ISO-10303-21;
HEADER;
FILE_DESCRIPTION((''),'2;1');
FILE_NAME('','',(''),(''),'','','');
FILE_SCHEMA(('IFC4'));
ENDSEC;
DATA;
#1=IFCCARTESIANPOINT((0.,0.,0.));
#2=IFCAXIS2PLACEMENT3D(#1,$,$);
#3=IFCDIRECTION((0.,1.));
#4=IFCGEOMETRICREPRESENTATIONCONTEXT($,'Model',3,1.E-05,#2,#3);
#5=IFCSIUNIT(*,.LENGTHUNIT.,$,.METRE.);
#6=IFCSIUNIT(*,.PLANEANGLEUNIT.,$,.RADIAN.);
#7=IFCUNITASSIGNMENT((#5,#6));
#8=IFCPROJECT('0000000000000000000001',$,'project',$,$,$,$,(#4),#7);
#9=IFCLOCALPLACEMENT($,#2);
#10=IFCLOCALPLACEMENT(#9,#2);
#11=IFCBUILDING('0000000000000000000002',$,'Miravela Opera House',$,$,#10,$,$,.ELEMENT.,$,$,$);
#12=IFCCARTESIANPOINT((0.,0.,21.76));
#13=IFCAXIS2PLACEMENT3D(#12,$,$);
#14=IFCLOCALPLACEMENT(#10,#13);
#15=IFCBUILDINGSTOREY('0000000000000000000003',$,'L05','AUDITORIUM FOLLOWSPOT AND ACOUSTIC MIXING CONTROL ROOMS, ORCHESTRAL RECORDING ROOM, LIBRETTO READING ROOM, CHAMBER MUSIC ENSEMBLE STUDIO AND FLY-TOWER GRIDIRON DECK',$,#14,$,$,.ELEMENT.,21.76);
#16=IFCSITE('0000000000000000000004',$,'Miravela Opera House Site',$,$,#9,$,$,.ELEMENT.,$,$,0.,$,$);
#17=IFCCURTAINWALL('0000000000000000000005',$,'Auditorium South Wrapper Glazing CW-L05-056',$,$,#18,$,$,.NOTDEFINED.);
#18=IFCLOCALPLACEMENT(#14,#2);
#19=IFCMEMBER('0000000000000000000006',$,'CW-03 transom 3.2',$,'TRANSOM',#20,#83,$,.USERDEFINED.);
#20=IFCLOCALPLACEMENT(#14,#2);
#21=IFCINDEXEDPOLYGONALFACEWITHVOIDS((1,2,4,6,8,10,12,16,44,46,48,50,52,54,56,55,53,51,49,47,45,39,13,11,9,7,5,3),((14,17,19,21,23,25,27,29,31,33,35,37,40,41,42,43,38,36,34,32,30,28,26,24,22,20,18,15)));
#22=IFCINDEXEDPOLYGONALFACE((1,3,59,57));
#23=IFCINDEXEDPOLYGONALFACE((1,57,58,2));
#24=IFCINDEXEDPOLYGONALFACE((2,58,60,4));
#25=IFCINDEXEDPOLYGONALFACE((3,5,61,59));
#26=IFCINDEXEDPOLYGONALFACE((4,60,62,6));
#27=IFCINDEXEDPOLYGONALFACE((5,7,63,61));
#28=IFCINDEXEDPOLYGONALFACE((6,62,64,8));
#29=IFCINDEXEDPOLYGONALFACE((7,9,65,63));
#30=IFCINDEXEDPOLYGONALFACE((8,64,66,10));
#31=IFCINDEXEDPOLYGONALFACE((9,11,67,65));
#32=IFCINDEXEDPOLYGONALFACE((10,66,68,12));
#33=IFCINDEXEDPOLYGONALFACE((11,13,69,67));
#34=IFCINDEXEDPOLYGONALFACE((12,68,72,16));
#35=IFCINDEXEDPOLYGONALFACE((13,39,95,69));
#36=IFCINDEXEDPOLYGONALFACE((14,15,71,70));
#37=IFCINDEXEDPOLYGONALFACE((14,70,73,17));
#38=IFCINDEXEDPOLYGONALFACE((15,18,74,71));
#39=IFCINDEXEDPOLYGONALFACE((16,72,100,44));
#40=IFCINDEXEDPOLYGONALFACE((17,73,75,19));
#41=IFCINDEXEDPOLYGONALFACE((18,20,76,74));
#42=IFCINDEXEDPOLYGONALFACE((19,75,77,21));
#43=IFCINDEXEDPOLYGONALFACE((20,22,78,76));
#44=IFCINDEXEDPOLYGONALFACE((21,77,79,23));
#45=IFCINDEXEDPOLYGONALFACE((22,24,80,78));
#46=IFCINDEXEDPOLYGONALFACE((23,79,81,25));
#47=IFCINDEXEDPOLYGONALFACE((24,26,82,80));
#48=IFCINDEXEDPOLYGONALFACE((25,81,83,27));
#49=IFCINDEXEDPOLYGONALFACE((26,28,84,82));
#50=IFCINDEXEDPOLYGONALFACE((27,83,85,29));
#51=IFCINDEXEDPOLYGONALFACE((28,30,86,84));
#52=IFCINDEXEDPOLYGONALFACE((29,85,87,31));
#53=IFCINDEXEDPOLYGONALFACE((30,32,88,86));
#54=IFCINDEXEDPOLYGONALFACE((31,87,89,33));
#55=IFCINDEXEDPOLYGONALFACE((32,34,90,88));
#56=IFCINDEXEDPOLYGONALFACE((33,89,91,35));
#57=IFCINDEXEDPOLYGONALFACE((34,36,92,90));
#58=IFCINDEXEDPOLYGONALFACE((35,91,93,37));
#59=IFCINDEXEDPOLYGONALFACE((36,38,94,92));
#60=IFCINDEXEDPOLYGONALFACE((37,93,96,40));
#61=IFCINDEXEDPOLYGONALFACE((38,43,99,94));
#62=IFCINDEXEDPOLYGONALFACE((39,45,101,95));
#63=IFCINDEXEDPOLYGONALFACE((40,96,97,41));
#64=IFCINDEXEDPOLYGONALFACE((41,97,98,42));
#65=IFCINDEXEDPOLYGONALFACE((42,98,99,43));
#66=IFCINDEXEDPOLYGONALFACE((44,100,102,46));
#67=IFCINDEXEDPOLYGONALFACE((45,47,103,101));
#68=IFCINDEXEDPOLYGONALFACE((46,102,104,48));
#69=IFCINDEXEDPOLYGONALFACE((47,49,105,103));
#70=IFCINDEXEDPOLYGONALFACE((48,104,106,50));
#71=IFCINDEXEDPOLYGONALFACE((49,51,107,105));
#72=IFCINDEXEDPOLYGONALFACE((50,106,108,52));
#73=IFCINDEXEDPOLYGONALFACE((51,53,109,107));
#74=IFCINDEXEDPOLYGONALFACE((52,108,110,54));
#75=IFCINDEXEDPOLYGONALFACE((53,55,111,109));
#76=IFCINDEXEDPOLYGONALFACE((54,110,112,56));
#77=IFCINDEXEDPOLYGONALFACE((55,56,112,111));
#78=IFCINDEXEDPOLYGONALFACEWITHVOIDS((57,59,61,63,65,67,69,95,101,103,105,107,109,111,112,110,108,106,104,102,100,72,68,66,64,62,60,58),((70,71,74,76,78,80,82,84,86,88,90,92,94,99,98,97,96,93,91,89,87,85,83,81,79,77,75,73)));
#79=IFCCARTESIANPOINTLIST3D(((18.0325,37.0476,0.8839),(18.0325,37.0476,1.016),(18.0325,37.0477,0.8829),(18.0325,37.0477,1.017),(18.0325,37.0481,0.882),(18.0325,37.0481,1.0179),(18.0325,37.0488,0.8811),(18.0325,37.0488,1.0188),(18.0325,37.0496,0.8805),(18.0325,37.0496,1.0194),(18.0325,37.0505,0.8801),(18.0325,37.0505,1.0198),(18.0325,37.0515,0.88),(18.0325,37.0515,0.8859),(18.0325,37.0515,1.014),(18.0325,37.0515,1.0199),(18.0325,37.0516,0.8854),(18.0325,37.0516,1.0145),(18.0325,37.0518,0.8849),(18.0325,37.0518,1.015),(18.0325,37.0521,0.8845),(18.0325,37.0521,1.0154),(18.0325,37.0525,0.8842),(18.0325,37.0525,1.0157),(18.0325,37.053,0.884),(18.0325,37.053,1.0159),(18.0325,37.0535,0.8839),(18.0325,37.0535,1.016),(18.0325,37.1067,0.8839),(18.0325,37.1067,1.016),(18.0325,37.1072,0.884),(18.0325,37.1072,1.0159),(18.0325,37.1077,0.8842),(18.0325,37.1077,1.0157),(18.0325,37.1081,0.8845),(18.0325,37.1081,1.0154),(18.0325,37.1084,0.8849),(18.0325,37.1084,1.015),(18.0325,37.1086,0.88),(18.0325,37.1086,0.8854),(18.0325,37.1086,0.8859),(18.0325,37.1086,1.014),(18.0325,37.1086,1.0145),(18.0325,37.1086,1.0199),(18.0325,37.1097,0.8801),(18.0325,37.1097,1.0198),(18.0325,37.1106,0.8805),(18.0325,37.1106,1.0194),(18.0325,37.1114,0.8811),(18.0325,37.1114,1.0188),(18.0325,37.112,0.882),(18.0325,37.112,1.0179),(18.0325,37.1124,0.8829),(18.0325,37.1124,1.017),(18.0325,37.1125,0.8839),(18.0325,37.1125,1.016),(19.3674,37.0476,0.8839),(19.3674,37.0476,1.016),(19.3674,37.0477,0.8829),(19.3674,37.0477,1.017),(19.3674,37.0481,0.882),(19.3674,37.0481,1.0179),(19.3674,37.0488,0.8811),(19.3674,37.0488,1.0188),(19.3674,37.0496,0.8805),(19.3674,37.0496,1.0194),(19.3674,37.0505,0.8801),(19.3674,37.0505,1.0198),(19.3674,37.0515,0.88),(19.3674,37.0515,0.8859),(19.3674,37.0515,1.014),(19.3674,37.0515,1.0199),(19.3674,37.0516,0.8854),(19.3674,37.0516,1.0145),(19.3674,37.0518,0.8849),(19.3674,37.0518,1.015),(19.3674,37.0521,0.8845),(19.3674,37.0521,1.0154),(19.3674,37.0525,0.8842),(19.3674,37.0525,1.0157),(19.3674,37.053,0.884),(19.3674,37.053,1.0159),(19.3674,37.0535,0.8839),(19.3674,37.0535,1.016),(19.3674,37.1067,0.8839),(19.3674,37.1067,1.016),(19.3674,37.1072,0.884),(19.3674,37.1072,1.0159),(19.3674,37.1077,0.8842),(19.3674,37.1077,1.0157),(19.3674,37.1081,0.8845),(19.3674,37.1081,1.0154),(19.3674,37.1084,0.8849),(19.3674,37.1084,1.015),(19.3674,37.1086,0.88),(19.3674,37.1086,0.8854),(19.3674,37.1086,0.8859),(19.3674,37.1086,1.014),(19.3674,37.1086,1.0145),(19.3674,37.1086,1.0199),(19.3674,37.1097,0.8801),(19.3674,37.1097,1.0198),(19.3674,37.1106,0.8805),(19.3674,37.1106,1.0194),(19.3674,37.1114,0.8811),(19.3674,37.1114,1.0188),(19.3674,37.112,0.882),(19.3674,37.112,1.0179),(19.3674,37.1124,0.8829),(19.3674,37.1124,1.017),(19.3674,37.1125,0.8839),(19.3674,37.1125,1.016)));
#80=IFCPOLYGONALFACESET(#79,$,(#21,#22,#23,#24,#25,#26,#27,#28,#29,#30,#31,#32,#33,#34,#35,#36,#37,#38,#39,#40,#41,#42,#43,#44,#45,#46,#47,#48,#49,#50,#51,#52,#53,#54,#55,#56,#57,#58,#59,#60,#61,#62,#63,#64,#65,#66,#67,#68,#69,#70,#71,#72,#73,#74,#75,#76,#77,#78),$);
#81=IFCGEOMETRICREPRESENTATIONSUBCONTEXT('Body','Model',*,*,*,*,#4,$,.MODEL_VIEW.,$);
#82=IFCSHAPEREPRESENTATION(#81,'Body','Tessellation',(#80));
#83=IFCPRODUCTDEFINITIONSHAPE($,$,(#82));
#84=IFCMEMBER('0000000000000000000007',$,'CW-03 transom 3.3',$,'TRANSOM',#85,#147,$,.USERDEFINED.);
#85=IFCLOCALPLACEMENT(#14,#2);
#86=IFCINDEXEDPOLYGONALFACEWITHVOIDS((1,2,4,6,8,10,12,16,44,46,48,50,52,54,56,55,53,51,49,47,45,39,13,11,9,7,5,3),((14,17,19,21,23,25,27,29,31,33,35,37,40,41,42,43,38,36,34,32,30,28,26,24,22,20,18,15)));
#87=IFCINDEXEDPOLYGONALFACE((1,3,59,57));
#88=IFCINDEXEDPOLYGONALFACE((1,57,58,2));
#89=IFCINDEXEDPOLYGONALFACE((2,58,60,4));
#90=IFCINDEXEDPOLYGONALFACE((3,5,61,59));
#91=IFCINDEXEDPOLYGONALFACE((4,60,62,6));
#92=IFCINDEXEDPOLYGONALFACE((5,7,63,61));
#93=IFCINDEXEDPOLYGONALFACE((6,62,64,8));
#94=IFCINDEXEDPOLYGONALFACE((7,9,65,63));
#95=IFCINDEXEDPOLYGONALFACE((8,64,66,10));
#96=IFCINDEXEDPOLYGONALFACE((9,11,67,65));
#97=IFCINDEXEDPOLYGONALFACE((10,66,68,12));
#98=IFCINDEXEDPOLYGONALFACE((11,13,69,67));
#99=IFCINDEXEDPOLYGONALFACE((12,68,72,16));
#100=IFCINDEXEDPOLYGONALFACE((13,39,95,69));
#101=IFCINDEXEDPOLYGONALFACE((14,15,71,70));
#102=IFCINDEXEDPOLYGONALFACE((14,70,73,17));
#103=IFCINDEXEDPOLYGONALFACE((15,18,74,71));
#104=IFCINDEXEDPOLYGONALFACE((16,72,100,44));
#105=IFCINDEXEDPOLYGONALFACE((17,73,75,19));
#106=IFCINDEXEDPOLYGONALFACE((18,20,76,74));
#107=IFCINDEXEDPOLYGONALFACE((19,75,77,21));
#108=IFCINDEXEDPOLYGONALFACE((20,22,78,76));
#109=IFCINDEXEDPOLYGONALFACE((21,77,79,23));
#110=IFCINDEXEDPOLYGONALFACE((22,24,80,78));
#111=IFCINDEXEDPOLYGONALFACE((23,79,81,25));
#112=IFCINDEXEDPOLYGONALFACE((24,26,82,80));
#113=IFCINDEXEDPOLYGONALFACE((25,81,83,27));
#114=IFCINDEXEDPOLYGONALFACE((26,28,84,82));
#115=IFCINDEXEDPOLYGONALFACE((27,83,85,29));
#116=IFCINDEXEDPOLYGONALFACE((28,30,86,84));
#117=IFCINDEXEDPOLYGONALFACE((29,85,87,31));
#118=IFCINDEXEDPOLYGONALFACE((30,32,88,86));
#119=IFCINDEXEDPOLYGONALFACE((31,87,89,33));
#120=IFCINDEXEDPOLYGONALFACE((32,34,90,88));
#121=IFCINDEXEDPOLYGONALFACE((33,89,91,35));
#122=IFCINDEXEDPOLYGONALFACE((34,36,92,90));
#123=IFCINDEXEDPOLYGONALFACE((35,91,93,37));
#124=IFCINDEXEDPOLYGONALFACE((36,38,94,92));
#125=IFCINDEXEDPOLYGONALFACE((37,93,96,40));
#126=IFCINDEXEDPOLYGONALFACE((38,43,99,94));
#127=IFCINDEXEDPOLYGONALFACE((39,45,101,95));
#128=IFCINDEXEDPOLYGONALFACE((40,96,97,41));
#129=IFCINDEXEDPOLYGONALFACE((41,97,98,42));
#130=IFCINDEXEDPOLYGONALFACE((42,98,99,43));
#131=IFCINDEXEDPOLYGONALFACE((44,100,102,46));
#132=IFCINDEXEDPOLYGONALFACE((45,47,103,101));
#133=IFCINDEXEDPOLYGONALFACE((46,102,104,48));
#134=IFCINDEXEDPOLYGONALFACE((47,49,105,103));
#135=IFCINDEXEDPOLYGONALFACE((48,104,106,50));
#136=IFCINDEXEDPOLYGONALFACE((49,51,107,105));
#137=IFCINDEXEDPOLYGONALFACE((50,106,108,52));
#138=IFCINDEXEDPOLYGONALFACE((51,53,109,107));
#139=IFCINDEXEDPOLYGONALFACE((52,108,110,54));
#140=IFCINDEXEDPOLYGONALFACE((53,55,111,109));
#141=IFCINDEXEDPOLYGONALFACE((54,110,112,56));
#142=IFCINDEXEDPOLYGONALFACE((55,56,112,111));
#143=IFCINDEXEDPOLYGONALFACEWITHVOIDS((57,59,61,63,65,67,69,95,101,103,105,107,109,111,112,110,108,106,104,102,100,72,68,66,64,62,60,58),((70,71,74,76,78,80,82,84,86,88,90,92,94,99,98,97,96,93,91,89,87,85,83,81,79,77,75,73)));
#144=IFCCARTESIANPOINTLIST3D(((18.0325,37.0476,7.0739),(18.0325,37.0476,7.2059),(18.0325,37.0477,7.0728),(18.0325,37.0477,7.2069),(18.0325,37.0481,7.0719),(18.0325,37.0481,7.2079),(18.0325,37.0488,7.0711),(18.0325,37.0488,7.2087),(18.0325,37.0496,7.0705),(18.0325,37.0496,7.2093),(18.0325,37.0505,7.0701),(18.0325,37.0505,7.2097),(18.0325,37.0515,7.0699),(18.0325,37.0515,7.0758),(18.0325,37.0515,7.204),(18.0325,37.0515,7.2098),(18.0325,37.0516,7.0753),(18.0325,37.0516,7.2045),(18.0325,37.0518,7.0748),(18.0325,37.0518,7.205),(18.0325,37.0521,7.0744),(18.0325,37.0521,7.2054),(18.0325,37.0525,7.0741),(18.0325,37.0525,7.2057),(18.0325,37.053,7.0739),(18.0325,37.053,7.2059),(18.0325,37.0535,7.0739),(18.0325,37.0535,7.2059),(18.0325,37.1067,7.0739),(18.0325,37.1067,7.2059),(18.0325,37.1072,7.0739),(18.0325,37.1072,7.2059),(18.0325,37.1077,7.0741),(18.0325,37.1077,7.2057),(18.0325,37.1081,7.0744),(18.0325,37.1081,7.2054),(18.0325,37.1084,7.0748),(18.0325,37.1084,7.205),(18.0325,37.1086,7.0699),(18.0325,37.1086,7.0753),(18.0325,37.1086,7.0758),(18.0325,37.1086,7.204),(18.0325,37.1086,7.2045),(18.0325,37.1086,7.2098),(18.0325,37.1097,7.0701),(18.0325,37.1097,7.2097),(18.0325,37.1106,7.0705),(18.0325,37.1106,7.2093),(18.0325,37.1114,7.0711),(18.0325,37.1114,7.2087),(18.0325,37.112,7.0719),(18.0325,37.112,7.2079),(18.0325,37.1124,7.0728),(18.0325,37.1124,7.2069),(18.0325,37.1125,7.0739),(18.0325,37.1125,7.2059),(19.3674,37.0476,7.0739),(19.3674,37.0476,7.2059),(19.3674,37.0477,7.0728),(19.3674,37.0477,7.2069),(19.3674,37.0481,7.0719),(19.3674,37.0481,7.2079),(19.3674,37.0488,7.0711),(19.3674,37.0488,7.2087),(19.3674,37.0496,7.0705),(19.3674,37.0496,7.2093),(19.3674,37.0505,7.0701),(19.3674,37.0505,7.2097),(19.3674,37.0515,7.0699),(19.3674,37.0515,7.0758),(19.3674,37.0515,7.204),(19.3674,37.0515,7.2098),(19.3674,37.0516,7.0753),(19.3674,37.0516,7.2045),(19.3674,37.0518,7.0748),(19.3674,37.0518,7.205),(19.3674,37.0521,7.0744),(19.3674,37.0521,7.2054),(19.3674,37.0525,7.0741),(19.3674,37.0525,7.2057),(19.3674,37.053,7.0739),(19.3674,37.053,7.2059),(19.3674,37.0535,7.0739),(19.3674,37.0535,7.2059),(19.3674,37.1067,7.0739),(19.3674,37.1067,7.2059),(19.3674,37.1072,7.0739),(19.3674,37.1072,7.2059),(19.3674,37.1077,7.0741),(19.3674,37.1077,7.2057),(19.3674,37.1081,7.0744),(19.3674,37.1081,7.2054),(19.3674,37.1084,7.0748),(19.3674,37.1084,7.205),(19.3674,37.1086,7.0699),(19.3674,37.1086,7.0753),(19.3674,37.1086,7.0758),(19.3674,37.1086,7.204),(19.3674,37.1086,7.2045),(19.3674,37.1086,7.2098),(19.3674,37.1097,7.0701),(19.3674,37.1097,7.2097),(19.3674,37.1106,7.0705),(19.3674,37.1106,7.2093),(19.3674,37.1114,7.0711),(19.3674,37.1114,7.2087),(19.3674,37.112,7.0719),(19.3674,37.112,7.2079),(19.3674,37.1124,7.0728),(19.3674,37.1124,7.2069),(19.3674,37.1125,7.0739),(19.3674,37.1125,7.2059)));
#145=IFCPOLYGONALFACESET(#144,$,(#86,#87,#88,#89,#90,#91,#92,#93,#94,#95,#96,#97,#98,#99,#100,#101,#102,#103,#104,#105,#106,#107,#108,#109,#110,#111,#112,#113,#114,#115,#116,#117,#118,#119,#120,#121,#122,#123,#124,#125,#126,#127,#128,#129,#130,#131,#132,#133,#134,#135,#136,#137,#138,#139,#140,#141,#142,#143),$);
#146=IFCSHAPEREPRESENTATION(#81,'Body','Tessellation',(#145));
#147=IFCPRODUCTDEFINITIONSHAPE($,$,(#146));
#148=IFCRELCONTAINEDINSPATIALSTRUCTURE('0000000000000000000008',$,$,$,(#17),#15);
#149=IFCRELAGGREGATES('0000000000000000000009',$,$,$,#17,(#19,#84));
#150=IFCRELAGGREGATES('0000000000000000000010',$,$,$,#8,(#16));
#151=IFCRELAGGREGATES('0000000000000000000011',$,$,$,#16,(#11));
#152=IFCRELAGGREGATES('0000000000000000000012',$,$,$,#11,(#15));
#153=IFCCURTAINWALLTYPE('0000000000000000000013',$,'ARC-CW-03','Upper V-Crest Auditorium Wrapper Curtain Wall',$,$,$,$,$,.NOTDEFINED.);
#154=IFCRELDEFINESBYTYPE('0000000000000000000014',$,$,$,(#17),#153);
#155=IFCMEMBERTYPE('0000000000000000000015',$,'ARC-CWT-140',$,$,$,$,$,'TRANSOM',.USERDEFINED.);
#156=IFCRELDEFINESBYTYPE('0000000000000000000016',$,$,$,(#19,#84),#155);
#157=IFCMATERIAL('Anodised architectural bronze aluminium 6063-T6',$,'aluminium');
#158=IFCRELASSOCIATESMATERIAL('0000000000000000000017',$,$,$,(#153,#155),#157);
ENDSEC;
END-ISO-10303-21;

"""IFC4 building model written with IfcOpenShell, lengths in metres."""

from ifc_helpers import new_model, si_unit, direction, frame, origin, origin_2d, place, context, subcontext, project, spatial, hollow_rectangle, extrude, material, material_profile, profile_set, type_object, element, aggregate, save


model = new_model("IFC4")

# Units and contexts
model_context = context("Model", 3, precision=1e-05, world=origin(), true_north=direction((0.0, 1.0)))
body_context = subcontext(model_context, "Body", "Model", "MODEL_VIEW")
ifc_project = project(units=[si_unit("LENGTHUNIT", "METRE"), si_unit("PLANEANGLEUNIT", "RADIAN")], contexts=[model_context])

# Site, building, storey
site_placement = place(None, origin())
site = spatial("IfcSite", under=ifc_project, at=site_placement, Name="Miravela Opera House Site", CompositionType="ELEMENT", RefElevation=0.0)
building_placement = place(site_placement, origin())
building = spatial("IfcBuilding", under=site, at=building_placement, Name="Miravela Opera House", CompositionType="ELEMENT")
storey_placement = place(building_placement, frame((0.0, 0.0, 21.76)))
storey = spatial("IfcBuildingStorey", under=building, at=storey_placement, Name="L05", Description="AUDITORIUM FOLLOWSPOT AND ACOUSTIC MIXING CONTROL ROOMS, ORCHESTRAL RECORDING ROOM, LIBRETTO READING ROOM, CHAMBER MUSIC ENSEMBLE STUDIO AND FLY-TOWER GRIDIRON DECK", CompositionType="ELEMENT", Elevation=21.76)

# Curtain wall, members
ifc_material_1 = material(Name="Anodised architectural bronze aluminium 6063-T6", Category="aluminium")
curtain_wall_type = type_object("IfcCurtainWallType", Name="ARC-CW-03", Description="Upper V-Crest Auditorium Wrapper Curtain Wall", PredefinedType="NOTDEFINED", material=ifc_material_1)
curtain_wall_placement = place(storey_placement, origin())
curtain_wall = element("IfcCurtainWall", 1, at=curtain_wall_placement, inside=storey, type_object=curtain_wall_type, Name="Auditorium South Wrapper Glazing CW-L05-056", PredefinedType="NOTDEFINED")
ifc_material_profile_1 = material_profile(ifc_material_1, hollow_rectangle(XDim=0.0649, YDim=0.1399, WallThickness=0.0039, InnerFilletRadius=0.002, OuterFilletRadius=0.0039, at=origin_2d()), Name="CWT-65X140")
ifc_profile_set_1 = profile_set([ifc_material_profile_1])
member_type_1 = type_object("IfcMemberType", Name="ARC-CWT-140", ElementType="TRANSOM", PredefinedType="USERDEFINED", material=ifc_profile_set_1)
member_1_placement = place(storey_placement, frame((18.0325, 37.0801, 0.95), z_axis=(1.0, 0.0, 0.0), x_axis=(0.0, 1.0, 0.0)))
member_1 = element("IfcMember", 2, at=member_1_placement, type_object=member_type_1, Name="CW-03 transom 3.2", ObjectType="TRANSOM", PredefinedType="USERDEFINED", context=body_context, shape_type="SweptSolid", body=[
    extrude(hollow_rectangle(XDim=0.0649, YDim=0.1399, WallThickness=0.0039, InnerFilletRadius=0.002, OuterFilletRadius=0.0039, at=origin_2d()), origin(), (0.0, 0.0, 1.0), 1.335),
])
member_2_placement = place(storey_placement, frame((18.0325, 37.0801, 7.1399), z_axis=(1.0, 0.0, 0.0), x_axis=(0.0, 1.0, 0.0)))
member_2 = element("IfcMember", 3, at=member_2_placement, type_object=member_type_1, Name="CW-03 transom 3.3", ObjectType="TRANSOM", PredefinedType="USERDEFINED", context=body_context, shape_type="SweptSolid", body=[
    extrude(hollow_rectangle(XDim=0.0649, YDim=0.1399, WallThickness=0.0039, InnerFilletRadius=0.002, OuterFilletRadius=0.0039, at=origin_2d()), origin(), (0.0, 0.0, 1.0), 1.335),
])

aggregate(curtain_wall, [member_1, member_2])

save(model, "model.ifc")
